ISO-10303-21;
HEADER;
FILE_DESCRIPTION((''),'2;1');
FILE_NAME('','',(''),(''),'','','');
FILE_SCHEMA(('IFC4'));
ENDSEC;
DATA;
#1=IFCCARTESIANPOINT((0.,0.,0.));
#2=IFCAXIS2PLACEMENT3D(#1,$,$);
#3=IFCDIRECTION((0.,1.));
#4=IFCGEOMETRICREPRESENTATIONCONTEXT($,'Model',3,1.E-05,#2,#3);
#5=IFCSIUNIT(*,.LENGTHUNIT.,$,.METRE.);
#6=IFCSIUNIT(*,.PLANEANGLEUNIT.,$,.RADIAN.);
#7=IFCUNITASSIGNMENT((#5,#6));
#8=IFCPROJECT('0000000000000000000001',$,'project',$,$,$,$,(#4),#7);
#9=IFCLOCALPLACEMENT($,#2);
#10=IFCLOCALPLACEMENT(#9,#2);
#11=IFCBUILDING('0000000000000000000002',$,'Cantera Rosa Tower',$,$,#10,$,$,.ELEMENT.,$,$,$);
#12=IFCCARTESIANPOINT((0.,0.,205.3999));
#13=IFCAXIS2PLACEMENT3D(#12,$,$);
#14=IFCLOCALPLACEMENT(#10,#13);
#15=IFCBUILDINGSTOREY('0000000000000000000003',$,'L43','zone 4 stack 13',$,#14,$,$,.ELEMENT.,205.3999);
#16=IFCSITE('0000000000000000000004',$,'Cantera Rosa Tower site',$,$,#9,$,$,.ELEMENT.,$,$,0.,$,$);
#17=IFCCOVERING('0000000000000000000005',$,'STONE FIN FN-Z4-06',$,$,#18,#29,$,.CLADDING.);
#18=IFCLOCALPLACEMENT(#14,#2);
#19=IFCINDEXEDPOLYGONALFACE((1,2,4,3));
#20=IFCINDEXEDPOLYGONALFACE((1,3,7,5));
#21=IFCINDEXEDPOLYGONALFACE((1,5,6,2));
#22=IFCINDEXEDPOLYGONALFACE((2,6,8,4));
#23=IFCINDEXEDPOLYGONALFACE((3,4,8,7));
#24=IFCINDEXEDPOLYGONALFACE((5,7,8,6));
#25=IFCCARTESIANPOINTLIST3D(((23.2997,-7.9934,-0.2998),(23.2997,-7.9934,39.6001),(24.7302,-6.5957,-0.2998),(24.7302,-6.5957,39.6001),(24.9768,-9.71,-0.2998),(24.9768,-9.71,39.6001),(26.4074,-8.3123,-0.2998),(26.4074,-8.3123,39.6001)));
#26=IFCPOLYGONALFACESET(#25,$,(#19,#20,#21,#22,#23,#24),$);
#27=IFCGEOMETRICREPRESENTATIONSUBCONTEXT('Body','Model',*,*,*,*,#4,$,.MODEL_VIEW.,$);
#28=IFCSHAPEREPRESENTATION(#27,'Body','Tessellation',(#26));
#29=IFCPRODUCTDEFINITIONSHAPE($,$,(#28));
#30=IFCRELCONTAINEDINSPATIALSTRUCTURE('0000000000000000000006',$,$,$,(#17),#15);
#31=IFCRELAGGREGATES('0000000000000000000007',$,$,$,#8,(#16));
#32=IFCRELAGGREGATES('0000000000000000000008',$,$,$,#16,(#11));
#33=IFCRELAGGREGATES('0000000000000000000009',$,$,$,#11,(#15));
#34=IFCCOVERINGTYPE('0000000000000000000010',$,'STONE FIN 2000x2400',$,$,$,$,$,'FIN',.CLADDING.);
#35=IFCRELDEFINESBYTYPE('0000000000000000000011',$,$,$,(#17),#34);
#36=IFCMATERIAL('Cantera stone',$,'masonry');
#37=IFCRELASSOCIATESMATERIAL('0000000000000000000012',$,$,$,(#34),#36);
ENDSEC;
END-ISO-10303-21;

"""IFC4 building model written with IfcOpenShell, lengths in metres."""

from ifc_helpers import new_model, si_unit, direction, frame, origin, origin_2d, place, context, subcontext, project, spatial, rectangle, extrude, material, type_object, element, save


model = new_model("IFC4")

# Units and contexts
model_context = context("Model", 3, precision=1e-05, world=origin(), true_north=direction((0.0, 1.0)))
body_context = subcontext(model_context, "Body", "Model", "MODEL_VIEW")
ifc_project = project(units=[si_unit("LENGTHUNIT", "METRE"), si_unit("PLANEANGLEUNIT", "RADIAN")], contexts=[model_context])

# Site, building, storey
site_placement = place(None, origin())
site = spatial("IfcSite", under=ifc_project, at=site_placement, Name="Cantera Rosa Tower site", CompositionType="ELEMENT", RefElevation=0.0)
building_placement = place(site_placement, origin())
building = spatial("IfcBuilding", under=site, at=building_placement, Name="Cantera Rosa Tower", CompositionType="ELEMENT")
storey_placement = place(building_placement, frame((0.0, 0.0, 205.3999)))
storey = spatial("IfcBuildingStorey", under=building, at=storey_placement, Name="L43", Description="zone 4 stack 13", CompositionType="ELEMENT", Elevation=205.3999)

# Covering
ifc_material_1 = material(Name="Cantera stone", Category="masonry")
covering_type = type_object("IfcCoveringType", Name="STONE FIN 2000x2400", ElementType="FIN", PredefinedType="CLADDING", material=ifc_material_1)
covering_placement = place(storey_placement, frame((24.8535, -8.1528, -0.2998), z_axis=(0.0, 0.0, 1.0), x_axis=(0.715286, 0.698832, 0.0)))
element("IfcCovering", 1, at=covering_placement, inside=storey, type_object=covering_type, Name="STONE FIN FN-Z4-06", PredefinedType="CLADDING", context=body_context, shape_type="SweptSolid", body=[
    extrude(rectangle(XDim=2.0, YDim=2.3999, at=origin_2d()), origin(), (0.0, 0.0, 1.0), 39.8999),
])

save(model, "model.ifc")
